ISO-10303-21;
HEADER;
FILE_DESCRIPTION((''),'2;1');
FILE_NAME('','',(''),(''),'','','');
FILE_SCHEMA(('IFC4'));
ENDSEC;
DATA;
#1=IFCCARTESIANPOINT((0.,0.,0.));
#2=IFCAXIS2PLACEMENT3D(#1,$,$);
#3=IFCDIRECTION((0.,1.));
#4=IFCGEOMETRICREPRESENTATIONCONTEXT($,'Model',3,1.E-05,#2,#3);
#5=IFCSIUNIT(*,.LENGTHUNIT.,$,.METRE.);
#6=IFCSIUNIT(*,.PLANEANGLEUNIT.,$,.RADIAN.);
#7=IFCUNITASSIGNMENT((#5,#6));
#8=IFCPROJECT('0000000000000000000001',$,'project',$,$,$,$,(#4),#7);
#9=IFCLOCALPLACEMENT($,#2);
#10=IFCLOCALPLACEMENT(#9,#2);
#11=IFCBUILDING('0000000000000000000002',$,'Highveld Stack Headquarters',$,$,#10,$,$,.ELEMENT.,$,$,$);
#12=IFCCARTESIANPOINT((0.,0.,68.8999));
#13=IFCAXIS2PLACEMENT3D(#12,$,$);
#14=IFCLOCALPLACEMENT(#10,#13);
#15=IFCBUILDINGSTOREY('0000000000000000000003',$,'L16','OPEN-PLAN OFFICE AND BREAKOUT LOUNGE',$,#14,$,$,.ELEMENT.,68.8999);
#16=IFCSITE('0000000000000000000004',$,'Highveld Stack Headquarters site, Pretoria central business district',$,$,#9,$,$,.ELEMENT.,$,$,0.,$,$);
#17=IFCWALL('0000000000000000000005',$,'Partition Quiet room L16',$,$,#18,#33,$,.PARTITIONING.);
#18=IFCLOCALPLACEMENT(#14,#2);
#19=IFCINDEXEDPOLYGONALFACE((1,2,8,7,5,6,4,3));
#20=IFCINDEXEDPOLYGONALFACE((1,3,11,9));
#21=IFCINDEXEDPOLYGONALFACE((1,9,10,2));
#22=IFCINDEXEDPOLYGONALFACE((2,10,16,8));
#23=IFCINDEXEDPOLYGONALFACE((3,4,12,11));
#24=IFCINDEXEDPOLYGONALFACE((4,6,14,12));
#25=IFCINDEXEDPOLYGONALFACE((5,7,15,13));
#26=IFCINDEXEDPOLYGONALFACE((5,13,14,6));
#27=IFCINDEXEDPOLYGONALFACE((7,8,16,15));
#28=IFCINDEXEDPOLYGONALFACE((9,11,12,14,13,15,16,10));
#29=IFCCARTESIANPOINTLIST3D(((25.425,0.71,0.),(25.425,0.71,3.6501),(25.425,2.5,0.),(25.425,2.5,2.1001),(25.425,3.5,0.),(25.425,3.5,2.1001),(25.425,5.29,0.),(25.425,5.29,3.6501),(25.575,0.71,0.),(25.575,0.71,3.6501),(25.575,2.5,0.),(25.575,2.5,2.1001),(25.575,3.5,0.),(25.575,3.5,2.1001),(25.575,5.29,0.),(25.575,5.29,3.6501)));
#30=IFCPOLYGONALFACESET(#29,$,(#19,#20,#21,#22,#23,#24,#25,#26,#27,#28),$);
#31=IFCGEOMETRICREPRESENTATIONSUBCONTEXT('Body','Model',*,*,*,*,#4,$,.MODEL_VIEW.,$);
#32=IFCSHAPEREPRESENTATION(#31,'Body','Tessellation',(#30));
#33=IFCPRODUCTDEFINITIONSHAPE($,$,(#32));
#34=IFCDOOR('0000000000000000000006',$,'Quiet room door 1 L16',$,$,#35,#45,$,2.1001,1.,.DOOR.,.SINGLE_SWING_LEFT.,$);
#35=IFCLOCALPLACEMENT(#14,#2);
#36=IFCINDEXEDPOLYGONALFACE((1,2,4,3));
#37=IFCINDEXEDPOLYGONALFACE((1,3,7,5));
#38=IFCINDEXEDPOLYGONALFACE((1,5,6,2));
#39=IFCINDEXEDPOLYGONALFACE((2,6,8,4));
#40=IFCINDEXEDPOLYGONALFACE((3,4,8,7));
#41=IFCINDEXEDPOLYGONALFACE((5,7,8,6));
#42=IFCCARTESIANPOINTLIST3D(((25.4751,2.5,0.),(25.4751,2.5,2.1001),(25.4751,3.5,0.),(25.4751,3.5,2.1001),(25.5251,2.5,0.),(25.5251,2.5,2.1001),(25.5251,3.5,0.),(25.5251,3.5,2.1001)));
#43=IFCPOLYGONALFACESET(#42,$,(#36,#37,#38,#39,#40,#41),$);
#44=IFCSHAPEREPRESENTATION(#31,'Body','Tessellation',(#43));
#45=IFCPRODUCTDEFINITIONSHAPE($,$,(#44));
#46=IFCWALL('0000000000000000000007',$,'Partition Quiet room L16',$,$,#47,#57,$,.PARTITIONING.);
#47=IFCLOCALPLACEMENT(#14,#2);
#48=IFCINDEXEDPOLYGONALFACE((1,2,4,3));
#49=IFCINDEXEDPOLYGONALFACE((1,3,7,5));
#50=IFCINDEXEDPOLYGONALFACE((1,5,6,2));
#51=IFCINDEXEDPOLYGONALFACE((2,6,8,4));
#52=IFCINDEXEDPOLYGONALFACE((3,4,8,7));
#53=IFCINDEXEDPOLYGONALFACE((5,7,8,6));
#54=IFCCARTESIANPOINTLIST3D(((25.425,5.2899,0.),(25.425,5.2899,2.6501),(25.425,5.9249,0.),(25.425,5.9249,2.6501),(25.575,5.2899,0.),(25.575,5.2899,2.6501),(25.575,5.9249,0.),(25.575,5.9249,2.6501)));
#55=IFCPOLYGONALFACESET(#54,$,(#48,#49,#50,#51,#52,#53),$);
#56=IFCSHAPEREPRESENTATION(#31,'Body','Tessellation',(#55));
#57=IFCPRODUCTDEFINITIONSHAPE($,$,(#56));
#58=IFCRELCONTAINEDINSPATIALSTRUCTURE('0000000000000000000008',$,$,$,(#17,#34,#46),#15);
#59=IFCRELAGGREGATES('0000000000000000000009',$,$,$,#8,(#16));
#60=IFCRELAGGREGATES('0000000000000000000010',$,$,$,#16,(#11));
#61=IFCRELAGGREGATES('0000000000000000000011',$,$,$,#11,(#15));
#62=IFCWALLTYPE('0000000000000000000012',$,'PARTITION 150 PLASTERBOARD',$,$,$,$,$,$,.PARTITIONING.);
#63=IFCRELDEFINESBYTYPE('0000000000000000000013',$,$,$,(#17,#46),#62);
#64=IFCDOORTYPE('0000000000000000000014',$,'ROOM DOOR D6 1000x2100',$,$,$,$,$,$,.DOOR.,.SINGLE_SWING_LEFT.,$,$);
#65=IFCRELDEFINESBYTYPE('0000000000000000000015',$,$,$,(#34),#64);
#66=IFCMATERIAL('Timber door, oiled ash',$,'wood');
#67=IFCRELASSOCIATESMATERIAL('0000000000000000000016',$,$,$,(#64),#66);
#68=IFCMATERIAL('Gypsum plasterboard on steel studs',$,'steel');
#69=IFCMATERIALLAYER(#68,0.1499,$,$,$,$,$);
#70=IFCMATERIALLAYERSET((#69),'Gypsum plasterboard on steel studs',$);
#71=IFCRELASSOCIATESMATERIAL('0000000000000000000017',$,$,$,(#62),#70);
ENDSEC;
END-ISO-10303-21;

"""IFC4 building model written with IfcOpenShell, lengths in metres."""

from ifc_helpers import new_model, si_unit, direction, frame, frame_2d, origin, place, context, subcontext, project, spatial, rectangle, extrude, material, layer, layer_set, type_object, element, fill, save


model = new_model("IFC4")

# Units and contexts
model_context = context("Model", 3, precision=1e-05, world=origin(), true_north=direction((0.0, 1.0)))
body_context = subcontext(model_context, "Body", "Model", "MODEL_VIEW")
ifc_project = project(units=[si_unit("LENGTHUNIT", "METRE"), si_unit("PLANEANGLEUNIT", "RADIAN")], contexts=[model_context])

# Site, building, storey
site_placement = place(None, origin())
site = spatial("IfcSite", under=ifc_project, at=site_placement, Name="Highveld Stack Headquarters site, Pretoria central business district", CompositionType="ELEMENT", RefElevation=0.0)
building_placement = place(site_placement, origin())
building = spatial("IfcBuilding", under=site, at=building_placement, Name="Highveld Stack Headquarters", CompositionType="ELEMENT")
storey_placement = place(building_placement, frame((0.0, 0.0, 68.8999)))
storey = spatial("IfcBuildingStorey", under=building, at=storey_placement, Name="L16", Description="OPEN-PLAN OFFICE AND BREAKOUT LOUNGE", CompositionType="ELEMENT", Elevation=68.8999)

# Shared definitions
ifc_material_1 = material(Name="Timber door, oiled ash", Category="wood")
door_type = type_object("IfcDoorType", Name="ROOM DOOR D6 1000x2100", OperationType="SINGLE_SWING_LEFT", PredefinedType="DOOR", material=ifc_material_1)

# Shared definitions
ifc_material_2 = material(Name="Gypsum plasterboard on steel studs", Category="steel")
ifc_layer_1 = layer(ifc_material_2, 0.1499)
ifc_layer_set_1 = layer_set([ifc_layer_1], Name="Gypsum plasterboard on steel studs")
wall_type_1 = type_object("IfcWallType", Name="PARTITION 150 PLASTERBOARD", PredefinedType="PARTITIONING", material=ifc_layer_set_1)

# Wall, opening, door
wall_1_placement = place(storey_placement, frame((25.5, 0.71, 0.0), z_axis=(0.0, 0.0, 1.0), x_axis=(0.0, 1.0, 0.0)))
wall_1 = element("IfcWall", 1, at=wall_1_placement, inside=storey, type_object=wall_type_1, Name="Partition Quiet room L16", PredefinedType="PARTITIONING", context=body_context, shape_type="SweptSolid", body=[
    extrude(rectangle(XDim=4.5801, YDim=0.1499, at=frame_2d((2.29, 0.0))), origin(), (0.0, 0.0, 1.0), 3.6501),
])
opening_1_placement = place(wall_1_placement, frame((1.79, 0.0, 0.0)))
opening_1 = element("IfcOpeningElement", 2, at=opening_1_placement, cuts=wall_1, PredefinedType="OPENING", context=body_context, shape_type="SweptSolid", body=[
    extrude(rectangle(XDim=1.0, YDim=2.1001, at=frame_2d((0.5, 1.05))), frame((0.0, 0.085, 0.0), z_axis=(0.0, -1.0, 0.0), x_axis=(1.0, 0.0, 0.0)), (0.0, 0.0, 1.0), 0.1699),
])
door_1_placement = place(opening_1_placement, origin())
door_1 = element("IfcDoor", 3, at=door_1_placement, inside=storey, type_object=door_type, Name="Quiet room door 1 L16", OperationType="SINGLE_SWING_LEFT", OverallHeight=2.1001, OverallWidth=1.0, PredefinedType="DOOR", context=body_context, shape_type="SweptSolid", body=[
    extrude(rectangle(XDim=1.0, YDim=2.1001, at=frame_2d((0.5, 1.05))), frame((0.0, 0.0249, 0.0), z_axis=(0.0, -1.0, 0.0), x_axis=(1.0, 0.0, 0.0)), (0.0, 0.0, 1.0), 0.05),
])
fill(opening_1, door_1)

# Wall
wall_2_placement = place(storey_placement, frame((25.5, 5.29, 0.0), z_axis=(0.0, 0.0, 1.0), x_axis=(0.0, 1.0, 0.0)))
element("IfcWall", 4, at=wall_2_placement, inside=storey, type_object=wall_type_1, Name="Partition Quiet room L16", PredefinedType="PARTITIONING", context=body_context, shape_type="SweptSolid", body=[
    extrude(rectangle(XDim=0.635, YDim=0.1499, at=frame_2d((0.3174, 0.0))), origin(), (0.0, 0.0, 1.0), 2.6501),
])

save(model, "model.ifc")
